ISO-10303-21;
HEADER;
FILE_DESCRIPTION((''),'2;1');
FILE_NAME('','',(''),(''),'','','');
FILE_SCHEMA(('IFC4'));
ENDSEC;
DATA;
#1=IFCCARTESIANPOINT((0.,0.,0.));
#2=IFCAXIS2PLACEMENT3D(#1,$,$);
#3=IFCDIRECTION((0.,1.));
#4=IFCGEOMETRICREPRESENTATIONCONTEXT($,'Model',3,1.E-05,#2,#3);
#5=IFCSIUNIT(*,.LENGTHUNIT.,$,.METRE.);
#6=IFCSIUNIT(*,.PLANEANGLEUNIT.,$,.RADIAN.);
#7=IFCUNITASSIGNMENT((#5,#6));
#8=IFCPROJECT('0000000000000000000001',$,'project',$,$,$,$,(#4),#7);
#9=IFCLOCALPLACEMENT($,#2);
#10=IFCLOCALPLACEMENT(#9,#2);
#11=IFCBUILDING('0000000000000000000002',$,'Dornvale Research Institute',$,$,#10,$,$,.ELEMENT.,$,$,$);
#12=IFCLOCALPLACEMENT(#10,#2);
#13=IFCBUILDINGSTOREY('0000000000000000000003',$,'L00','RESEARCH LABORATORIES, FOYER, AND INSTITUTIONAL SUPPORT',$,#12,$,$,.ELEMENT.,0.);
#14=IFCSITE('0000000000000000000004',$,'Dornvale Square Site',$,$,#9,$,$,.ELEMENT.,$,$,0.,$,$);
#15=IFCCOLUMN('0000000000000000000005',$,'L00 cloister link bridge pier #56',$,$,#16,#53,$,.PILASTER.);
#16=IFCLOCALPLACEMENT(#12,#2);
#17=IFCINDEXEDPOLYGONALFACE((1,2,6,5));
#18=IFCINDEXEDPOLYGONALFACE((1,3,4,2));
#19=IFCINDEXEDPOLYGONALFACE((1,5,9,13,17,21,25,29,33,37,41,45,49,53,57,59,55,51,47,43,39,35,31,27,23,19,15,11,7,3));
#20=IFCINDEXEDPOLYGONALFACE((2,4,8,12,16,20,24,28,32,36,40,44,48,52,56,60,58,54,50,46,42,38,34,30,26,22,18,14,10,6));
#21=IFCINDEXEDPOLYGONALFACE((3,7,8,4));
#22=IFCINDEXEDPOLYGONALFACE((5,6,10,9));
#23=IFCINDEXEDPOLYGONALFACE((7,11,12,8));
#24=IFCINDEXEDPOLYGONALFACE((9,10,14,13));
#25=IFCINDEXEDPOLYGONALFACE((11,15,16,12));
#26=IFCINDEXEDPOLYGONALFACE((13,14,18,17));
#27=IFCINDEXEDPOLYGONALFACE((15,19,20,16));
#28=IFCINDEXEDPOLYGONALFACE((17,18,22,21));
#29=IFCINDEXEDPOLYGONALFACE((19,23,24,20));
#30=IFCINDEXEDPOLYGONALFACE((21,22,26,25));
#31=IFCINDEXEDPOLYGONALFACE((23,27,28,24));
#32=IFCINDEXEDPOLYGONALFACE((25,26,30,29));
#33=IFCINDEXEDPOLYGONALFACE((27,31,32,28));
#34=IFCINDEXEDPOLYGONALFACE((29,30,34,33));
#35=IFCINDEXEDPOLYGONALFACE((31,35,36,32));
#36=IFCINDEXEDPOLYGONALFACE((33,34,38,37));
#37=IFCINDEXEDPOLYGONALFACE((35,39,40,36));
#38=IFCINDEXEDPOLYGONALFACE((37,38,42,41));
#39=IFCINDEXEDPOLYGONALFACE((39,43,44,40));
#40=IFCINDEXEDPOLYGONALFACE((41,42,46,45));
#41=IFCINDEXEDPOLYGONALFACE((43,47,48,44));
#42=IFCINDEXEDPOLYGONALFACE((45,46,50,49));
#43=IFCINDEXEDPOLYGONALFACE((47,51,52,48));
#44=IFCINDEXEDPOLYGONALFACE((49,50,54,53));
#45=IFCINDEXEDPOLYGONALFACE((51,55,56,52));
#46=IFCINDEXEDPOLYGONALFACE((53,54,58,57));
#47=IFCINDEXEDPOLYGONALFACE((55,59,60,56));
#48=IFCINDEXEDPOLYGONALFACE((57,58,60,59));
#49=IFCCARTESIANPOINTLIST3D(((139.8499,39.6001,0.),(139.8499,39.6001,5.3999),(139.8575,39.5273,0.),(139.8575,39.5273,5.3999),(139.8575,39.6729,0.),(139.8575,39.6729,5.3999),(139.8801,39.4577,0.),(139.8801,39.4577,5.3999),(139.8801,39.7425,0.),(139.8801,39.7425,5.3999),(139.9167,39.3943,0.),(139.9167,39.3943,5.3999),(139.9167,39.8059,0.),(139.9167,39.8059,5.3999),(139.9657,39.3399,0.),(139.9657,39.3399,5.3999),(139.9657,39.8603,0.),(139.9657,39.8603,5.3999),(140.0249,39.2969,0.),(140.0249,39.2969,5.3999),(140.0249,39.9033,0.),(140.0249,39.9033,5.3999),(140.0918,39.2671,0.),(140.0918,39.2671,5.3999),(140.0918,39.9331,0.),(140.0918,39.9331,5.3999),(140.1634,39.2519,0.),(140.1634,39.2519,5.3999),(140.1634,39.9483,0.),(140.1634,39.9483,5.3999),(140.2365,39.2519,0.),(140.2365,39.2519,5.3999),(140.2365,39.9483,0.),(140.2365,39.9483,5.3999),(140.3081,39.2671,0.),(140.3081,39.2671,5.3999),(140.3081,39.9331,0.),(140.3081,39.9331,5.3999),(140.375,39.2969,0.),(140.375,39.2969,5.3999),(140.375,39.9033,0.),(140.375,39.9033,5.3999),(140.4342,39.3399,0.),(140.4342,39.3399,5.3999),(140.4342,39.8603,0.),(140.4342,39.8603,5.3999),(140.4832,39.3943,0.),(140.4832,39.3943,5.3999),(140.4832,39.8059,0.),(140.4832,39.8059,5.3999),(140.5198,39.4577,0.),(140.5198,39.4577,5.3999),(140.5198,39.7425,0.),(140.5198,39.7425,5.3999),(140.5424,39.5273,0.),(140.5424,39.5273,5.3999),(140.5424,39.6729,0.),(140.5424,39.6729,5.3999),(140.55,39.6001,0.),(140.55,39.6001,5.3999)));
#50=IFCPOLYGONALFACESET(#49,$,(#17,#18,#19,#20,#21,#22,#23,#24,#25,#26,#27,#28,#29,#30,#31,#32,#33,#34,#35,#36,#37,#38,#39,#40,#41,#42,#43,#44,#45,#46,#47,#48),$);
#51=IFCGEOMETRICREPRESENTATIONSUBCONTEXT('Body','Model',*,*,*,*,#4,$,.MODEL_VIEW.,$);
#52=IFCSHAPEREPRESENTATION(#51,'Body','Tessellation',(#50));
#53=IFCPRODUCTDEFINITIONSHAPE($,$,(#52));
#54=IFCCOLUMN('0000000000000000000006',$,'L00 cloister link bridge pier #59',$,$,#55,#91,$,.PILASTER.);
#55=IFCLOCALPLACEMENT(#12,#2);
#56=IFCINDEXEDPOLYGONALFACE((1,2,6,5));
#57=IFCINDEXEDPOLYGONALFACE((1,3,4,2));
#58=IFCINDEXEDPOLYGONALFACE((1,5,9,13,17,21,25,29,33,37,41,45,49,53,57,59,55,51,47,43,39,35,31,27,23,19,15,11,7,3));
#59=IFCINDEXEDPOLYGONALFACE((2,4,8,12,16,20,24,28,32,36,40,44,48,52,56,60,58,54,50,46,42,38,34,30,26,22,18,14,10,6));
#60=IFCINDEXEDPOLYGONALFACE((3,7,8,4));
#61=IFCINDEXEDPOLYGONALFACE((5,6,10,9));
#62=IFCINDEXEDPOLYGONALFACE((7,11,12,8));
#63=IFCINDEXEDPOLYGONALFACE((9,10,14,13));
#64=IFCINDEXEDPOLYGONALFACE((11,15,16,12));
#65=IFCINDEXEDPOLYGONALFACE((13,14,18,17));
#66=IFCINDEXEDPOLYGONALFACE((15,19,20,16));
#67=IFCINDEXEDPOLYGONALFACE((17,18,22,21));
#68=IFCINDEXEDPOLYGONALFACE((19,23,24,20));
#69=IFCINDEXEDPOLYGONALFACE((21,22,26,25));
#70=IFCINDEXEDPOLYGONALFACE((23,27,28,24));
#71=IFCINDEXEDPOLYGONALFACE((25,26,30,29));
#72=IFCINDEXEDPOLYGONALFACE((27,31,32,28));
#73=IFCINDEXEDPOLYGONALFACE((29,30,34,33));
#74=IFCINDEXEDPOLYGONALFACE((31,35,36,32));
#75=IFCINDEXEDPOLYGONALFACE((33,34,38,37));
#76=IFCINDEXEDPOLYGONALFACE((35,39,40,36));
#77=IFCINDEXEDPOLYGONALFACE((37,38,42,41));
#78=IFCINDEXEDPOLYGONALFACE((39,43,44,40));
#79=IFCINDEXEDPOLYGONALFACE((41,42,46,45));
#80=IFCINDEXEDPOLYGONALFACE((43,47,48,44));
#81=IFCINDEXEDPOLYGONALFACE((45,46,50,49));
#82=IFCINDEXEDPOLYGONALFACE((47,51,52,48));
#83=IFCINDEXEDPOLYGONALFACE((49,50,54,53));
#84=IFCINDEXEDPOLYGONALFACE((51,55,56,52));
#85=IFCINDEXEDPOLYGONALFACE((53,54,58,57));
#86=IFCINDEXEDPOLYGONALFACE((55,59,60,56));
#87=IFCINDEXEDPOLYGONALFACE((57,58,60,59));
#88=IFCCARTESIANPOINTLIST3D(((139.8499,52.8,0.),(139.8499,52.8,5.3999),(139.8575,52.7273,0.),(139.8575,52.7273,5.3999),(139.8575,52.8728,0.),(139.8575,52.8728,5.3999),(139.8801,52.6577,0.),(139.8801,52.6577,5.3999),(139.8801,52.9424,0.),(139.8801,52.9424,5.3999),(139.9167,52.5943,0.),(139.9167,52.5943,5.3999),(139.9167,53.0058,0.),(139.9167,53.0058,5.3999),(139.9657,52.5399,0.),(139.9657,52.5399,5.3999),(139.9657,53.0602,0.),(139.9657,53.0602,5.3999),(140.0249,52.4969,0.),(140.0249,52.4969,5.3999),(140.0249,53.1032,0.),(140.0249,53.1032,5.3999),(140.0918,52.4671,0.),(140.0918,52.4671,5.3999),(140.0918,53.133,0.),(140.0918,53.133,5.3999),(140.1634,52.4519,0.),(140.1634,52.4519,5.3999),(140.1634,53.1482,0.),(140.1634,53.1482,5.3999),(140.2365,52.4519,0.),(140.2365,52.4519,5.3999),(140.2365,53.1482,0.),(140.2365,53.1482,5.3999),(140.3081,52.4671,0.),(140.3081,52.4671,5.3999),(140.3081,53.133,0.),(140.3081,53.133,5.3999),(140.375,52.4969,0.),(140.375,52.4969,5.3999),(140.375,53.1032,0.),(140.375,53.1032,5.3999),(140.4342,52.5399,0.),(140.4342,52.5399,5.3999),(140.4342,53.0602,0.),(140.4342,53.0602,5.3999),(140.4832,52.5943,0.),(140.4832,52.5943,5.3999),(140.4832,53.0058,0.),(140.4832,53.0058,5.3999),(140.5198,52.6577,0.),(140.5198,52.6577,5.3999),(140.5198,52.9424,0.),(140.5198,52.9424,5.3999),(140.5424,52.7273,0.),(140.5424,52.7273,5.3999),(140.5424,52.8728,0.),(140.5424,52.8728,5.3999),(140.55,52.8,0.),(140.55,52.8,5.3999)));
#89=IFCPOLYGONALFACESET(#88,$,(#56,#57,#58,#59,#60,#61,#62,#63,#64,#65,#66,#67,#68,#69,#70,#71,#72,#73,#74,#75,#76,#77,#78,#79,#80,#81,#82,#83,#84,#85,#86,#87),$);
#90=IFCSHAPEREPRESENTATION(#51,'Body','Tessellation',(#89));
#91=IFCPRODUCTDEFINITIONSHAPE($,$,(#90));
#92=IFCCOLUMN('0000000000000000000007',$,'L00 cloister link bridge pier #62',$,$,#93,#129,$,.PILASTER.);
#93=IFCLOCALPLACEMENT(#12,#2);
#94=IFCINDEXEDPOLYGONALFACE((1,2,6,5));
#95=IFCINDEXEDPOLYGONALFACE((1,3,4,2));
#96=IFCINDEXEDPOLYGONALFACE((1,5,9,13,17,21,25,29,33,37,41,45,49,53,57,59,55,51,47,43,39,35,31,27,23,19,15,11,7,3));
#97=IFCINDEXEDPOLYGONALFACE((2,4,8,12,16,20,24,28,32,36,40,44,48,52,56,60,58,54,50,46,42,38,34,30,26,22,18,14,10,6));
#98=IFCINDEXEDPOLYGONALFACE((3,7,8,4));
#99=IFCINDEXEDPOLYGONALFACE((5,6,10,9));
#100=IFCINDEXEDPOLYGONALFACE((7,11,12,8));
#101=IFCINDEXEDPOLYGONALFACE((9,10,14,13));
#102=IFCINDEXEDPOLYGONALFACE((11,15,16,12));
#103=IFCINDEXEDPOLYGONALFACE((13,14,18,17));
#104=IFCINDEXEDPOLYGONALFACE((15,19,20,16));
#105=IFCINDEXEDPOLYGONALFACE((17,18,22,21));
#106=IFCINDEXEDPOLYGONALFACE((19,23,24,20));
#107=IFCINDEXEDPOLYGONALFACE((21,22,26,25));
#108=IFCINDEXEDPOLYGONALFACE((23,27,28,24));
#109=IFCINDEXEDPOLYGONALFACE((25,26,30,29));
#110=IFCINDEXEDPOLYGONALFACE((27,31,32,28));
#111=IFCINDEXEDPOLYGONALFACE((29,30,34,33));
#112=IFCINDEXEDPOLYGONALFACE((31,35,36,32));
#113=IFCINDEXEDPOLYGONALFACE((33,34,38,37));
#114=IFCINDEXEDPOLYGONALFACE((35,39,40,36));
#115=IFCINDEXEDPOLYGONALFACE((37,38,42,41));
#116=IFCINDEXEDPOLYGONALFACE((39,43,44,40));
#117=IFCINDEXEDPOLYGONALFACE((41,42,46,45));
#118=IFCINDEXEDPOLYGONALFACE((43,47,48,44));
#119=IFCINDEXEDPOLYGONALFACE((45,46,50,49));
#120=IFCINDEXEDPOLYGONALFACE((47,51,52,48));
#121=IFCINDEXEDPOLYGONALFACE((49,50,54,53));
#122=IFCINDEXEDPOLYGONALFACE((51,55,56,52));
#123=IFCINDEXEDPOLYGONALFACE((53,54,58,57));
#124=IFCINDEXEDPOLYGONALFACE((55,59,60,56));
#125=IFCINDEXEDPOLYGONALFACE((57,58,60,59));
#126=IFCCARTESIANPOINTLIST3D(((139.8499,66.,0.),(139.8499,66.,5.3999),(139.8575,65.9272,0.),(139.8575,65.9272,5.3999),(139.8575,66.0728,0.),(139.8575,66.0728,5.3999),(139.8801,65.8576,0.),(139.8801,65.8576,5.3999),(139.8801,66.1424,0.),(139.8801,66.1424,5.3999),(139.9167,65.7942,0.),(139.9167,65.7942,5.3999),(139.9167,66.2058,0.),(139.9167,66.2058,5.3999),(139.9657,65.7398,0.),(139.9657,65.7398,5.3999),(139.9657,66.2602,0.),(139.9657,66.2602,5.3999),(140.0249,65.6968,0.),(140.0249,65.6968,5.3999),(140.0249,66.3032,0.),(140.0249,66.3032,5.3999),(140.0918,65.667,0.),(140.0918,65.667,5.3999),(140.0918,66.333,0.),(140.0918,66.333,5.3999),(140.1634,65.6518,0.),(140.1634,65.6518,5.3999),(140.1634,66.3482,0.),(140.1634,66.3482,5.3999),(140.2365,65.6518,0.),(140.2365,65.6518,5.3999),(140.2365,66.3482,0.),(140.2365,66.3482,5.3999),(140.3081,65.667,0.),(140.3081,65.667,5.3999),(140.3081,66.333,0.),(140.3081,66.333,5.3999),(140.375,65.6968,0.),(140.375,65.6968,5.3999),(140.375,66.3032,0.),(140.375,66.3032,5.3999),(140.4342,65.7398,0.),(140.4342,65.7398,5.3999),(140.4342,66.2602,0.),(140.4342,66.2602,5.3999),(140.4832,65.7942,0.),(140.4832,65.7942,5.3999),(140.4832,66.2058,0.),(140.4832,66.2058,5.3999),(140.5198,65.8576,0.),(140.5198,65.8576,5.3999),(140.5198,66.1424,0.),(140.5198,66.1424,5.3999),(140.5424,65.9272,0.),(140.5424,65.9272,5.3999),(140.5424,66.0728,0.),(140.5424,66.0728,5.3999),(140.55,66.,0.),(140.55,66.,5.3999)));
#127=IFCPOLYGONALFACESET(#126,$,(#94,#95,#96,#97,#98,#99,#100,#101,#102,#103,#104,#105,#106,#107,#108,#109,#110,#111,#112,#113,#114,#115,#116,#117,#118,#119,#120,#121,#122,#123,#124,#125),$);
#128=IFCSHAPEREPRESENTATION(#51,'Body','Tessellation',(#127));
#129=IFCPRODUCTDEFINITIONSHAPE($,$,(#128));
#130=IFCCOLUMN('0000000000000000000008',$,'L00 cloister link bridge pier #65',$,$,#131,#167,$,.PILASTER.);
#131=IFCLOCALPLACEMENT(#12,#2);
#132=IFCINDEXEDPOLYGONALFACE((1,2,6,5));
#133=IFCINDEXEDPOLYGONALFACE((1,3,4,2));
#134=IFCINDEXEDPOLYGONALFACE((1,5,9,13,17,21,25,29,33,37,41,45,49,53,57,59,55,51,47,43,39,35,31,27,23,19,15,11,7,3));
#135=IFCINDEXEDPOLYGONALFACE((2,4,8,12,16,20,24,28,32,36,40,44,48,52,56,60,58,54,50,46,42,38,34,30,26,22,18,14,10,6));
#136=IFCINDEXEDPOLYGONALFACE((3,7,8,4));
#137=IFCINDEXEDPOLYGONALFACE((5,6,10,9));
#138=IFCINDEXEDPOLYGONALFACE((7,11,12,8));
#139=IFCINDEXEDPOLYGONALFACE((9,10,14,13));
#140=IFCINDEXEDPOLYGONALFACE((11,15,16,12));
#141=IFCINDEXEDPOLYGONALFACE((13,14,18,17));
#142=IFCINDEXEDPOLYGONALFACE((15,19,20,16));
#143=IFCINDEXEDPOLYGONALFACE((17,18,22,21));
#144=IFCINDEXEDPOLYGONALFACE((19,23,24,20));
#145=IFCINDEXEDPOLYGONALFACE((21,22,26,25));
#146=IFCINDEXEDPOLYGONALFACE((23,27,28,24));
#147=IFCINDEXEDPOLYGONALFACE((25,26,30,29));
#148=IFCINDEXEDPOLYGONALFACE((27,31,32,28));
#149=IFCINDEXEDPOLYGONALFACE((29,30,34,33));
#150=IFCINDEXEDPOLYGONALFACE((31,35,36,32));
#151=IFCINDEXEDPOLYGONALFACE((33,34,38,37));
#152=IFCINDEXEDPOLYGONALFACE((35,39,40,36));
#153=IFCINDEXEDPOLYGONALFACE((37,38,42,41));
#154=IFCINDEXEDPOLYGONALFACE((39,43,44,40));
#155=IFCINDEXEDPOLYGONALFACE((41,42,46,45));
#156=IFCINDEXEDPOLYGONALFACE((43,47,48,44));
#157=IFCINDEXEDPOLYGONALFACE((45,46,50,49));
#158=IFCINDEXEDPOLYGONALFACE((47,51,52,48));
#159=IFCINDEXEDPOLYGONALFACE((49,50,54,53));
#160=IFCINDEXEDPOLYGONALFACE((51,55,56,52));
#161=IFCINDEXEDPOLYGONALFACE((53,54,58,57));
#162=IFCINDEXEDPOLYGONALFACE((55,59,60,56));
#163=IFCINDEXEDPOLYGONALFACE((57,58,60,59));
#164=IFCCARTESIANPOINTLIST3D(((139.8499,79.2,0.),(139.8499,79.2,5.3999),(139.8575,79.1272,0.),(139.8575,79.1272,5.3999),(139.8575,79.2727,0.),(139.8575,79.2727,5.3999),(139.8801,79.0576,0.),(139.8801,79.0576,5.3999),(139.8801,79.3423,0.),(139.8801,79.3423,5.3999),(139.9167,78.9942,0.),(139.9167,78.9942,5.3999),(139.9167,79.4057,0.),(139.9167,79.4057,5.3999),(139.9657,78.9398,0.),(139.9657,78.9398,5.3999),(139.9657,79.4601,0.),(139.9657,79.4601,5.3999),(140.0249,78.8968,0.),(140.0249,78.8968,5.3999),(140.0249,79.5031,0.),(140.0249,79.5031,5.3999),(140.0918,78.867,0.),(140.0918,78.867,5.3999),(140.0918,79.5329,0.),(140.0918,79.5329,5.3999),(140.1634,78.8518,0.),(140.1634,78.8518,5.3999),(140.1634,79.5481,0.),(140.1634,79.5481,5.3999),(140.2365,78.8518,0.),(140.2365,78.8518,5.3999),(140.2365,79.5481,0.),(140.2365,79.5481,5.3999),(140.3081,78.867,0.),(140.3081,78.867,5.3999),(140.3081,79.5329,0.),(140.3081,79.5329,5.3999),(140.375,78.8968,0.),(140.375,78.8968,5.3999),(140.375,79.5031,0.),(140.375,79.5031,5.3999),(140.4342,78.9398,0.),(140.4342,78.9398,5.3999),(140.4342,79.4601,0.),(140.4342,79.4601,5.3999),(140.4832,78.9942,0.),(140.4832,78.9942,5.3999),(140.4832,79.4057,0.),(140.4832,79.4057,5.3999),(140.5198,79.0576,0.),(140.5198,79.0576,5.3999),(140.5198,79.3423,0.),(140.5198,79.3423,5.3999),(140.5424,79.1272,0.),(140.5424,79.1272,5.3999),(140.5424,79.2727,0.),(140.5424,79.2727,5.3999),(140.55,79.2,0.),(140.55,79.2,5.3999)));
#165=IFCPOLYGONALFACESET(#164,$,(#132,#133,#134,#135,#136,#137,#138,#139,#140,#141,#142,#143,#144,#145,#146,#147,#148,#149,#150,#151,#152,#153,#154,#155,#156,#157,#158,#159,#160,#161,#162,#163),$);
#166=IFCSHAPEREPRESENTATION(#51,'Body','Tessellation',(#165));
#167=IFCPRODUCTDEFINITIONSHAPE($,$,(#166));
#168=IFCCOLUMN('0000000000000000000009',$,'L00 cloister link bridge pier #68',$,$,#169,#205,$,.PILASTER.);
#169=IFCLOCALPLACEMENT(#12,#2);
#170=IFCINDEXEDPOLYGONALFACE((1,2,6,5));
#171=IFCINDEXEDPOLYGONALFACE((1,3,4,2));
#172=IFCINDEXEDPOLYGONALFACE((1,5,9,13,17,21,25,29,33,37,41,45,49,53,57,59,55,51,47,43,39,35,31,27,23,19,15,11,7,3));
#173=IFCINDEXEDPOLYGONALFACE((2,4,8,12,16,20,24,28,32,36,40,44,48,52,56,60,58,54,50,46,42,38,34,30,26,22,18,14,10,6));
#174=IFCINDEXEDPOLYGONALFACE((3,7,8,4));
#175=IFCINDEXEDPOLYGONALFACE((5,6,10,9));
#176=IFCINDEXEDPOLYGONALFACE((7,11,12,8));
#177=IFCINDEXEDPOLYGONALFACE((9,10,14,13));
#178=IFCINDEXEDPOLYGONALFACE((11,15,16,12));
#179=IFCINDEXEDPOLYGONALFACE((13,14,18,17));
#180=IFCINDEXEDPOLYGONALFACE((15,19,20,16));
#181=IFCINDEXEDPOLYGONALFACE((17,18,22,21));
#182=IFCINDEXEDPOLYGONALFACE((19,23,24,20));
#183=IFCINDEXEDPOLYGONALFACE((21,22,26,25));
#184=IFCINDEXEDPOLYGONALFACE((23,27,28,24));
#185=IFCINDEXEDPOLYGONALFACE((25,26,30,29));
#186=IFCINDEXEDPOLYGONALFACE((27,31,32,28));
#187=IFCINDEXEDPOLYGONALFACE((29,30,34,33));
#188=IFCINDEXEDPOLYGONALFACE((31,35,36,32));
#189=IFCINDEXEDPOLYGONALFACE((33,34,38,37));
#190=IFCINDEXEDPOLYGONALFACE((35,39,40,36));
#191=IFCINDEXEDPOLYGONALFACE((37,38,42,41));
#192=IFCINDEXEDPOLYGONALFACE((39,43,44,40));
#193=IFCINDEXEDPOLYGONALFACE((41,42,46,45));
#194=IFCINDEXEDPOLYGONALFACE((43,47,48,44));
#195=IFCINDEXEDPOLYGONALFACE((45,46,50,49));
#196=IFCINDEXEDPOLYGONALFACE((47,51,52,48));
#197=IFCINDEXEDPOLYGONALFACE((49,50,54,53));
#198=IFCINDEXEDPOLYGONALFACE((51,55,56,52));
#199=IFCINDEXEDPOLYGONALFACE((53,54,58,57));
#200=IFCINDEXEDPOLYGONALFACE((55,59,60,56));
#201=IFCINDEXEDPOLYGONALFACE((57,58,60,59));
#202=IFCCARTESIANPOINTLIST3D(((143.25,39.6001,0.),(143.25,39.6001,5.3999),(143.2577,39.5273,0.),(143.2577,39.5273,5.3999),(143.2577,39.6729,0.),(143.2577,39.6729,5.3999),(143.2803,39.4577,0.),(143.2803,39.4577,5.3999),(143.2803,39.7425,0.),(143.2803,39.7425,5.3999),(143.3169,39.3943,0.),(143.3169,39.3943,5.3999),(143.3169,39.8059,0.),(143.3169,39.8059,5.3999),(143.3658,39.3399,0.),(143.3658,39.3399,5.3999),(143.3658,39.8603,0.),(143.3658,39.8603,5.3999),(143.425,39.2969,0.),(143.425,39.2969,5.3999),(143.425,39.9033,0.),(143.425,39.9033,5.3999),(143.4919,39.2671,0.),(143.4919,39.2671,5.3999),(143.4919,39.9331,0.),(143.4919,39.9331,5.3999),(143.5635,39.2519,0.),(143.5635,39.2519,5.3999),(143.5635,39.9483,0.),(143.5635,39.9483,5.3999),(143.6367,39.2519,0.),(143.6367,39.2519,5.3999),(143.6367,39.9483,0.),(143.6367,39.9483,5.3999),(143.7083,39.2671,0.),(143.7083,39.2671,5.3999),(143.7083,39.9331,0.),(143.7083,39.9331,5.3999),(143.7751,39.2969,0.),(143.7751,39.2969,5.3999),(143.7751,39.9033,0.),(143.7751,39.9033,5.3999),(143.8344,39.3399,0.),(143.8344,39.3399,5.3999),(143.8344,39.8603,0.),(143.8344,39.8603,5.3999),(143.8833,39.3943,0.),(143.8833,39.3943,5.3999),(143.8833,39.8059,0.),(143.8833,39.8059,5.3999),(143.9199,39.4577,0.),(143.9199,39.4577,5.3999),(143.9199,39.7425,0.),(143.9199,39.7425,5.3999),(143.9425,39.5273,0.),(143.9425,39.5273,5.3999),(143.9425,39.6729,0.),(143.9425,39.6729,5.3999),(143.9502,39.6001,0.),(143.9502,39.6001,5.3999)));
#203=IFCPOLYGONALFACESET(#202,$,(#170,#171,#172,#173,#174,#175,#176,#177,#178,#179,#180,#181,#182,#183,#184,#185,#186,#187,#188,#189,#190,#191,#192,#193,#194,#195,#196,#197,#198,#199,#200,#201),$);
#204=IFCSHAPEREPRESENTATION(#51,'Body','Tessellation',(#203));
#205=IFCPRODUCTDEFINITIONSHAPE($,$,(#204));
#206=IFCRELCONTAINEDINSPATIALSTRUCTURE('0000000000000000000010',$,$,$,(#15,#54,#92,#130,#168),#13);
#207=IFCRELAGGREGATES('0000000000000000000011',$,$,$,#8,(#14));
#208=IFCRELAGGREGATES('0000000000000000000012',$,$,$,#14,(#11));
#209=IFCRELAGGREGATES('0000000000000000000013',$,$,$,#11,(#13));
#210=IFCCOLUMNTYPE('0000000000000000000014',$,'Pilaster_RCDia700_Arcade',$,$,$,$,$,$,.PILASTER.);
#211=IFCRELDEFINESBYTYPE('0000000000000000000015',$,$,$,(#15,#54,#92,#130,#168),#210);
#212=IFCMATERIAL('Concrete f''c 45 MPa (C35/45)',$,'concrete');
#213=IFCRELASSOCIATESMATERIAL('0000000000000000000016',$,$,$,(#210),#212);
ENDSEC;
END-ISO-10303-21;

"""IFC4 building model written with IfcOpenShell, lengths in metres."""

from ifc_helpers import new_model, si_unit, direction, frame, origin, origin_2d, place, context, subcontext, project, spatial, circle, extrude, material, material_profile, profile_set, type_object, element, save


model = new_model("IFC4")

# Units and contexts
model_context = context("Model", 3, precision=1e-05, world=origin(), true_north=direction((0.0, 1.0)))
body_context = subcontext(model_context, "Body", "Model", "MODEL_VIEW")
ifc_project = project(units=[si_unit("LENGTHUNIT", "METRE"), si_unit("PLANEANGLEUNIT", "RADIAN")], contexts=[model_context])

# Site, building, storey
site_placement = place(None, origin())
site = spatial("IfcSite", under=ifc_project, at=site_placement, Name="Dornvale Square Site", CompositionType="ELEMENT", RefElevation=0.0)
building_placement = place(site_placement, origin())
building = spatial("IfcBuilding", under=site, at=building_placement, Name="Dornvale Research Institute", CompositionType="ELEMENT")
storey_placement = place(building_placement, origin())
storey = spatial("IfcBuildingStorey", under=building, at=storey_placement, Name="L00", Description="RESEARCH LABORATORIES, FOYER, AND INSTITUTIONAL SUPPORT", CompositionType="ELEMENT", Elevation=0.0)

# Columns
ifc_material_1 = material(Name="Concrete f'c 45 MPa (C35/45)", Category="concrete")
ifc_material_profile_1 = material_profile(ifc_material_1, circle(Radius=0.3501, at=origin_2d()), Name="RC DIA 700")
ifc_profile_set_1 = profile_set([ifc_material_profile_1], Name="Concrete f'c 45 MPa (C35/45)")
column_type = type_object("IfcColumnType", Name="Pilaster_RCDia700_Arcade", PredefinedType="PILASTER", material=ifc_profile_set_1)
for number, where, z_axis, x_axis, name in (
    (1, (140.2, 39.6001, 0.0), (0.0, 0.0, 1.0), (1.0, 0.0, 0.0), "L00 cloister link bridge pier #56"),
    (2, (140.2, 52.8, 0.0), (0.0, 0.0, 1.0), (1.0, 0.0, 0.0), "L00 cloister link bridge pier #59"),
    (3, (140.2, 66.0, 0.0), (0.0, 0.0, 1.0), (1.0, 0.0, 0.0), "L00 cloister link bridge pier #62"),
    (4, (140.2, 79.2, 0.0), (0.0, 0.0, 1.0), (1.0, 0.0, 0.0), "L00 cloister link bridge pier #65"),
    (5, (143.6001, 39.6001, 0.0), (0.0, 0.0, 1.0), (1.0, 0.0, 0.0), "L00 cloister link bridge pier #68"),
):
    element("IfcColumn", number, at=place(storey_placement, frame(where, z_axis=z_axis, x_axis=x_axis)), inside=storey, type_object=column_type, Name=name, PredefinedType="PILASTER", context=body_context, shape_type="SweptSolid", body=[
        extrude(circle(Radius=0.3501, at=origin_2d()), origin(), (0.0, 0.0, 1.0), 5.3999),
    ])

save(model, "model.ifc")
